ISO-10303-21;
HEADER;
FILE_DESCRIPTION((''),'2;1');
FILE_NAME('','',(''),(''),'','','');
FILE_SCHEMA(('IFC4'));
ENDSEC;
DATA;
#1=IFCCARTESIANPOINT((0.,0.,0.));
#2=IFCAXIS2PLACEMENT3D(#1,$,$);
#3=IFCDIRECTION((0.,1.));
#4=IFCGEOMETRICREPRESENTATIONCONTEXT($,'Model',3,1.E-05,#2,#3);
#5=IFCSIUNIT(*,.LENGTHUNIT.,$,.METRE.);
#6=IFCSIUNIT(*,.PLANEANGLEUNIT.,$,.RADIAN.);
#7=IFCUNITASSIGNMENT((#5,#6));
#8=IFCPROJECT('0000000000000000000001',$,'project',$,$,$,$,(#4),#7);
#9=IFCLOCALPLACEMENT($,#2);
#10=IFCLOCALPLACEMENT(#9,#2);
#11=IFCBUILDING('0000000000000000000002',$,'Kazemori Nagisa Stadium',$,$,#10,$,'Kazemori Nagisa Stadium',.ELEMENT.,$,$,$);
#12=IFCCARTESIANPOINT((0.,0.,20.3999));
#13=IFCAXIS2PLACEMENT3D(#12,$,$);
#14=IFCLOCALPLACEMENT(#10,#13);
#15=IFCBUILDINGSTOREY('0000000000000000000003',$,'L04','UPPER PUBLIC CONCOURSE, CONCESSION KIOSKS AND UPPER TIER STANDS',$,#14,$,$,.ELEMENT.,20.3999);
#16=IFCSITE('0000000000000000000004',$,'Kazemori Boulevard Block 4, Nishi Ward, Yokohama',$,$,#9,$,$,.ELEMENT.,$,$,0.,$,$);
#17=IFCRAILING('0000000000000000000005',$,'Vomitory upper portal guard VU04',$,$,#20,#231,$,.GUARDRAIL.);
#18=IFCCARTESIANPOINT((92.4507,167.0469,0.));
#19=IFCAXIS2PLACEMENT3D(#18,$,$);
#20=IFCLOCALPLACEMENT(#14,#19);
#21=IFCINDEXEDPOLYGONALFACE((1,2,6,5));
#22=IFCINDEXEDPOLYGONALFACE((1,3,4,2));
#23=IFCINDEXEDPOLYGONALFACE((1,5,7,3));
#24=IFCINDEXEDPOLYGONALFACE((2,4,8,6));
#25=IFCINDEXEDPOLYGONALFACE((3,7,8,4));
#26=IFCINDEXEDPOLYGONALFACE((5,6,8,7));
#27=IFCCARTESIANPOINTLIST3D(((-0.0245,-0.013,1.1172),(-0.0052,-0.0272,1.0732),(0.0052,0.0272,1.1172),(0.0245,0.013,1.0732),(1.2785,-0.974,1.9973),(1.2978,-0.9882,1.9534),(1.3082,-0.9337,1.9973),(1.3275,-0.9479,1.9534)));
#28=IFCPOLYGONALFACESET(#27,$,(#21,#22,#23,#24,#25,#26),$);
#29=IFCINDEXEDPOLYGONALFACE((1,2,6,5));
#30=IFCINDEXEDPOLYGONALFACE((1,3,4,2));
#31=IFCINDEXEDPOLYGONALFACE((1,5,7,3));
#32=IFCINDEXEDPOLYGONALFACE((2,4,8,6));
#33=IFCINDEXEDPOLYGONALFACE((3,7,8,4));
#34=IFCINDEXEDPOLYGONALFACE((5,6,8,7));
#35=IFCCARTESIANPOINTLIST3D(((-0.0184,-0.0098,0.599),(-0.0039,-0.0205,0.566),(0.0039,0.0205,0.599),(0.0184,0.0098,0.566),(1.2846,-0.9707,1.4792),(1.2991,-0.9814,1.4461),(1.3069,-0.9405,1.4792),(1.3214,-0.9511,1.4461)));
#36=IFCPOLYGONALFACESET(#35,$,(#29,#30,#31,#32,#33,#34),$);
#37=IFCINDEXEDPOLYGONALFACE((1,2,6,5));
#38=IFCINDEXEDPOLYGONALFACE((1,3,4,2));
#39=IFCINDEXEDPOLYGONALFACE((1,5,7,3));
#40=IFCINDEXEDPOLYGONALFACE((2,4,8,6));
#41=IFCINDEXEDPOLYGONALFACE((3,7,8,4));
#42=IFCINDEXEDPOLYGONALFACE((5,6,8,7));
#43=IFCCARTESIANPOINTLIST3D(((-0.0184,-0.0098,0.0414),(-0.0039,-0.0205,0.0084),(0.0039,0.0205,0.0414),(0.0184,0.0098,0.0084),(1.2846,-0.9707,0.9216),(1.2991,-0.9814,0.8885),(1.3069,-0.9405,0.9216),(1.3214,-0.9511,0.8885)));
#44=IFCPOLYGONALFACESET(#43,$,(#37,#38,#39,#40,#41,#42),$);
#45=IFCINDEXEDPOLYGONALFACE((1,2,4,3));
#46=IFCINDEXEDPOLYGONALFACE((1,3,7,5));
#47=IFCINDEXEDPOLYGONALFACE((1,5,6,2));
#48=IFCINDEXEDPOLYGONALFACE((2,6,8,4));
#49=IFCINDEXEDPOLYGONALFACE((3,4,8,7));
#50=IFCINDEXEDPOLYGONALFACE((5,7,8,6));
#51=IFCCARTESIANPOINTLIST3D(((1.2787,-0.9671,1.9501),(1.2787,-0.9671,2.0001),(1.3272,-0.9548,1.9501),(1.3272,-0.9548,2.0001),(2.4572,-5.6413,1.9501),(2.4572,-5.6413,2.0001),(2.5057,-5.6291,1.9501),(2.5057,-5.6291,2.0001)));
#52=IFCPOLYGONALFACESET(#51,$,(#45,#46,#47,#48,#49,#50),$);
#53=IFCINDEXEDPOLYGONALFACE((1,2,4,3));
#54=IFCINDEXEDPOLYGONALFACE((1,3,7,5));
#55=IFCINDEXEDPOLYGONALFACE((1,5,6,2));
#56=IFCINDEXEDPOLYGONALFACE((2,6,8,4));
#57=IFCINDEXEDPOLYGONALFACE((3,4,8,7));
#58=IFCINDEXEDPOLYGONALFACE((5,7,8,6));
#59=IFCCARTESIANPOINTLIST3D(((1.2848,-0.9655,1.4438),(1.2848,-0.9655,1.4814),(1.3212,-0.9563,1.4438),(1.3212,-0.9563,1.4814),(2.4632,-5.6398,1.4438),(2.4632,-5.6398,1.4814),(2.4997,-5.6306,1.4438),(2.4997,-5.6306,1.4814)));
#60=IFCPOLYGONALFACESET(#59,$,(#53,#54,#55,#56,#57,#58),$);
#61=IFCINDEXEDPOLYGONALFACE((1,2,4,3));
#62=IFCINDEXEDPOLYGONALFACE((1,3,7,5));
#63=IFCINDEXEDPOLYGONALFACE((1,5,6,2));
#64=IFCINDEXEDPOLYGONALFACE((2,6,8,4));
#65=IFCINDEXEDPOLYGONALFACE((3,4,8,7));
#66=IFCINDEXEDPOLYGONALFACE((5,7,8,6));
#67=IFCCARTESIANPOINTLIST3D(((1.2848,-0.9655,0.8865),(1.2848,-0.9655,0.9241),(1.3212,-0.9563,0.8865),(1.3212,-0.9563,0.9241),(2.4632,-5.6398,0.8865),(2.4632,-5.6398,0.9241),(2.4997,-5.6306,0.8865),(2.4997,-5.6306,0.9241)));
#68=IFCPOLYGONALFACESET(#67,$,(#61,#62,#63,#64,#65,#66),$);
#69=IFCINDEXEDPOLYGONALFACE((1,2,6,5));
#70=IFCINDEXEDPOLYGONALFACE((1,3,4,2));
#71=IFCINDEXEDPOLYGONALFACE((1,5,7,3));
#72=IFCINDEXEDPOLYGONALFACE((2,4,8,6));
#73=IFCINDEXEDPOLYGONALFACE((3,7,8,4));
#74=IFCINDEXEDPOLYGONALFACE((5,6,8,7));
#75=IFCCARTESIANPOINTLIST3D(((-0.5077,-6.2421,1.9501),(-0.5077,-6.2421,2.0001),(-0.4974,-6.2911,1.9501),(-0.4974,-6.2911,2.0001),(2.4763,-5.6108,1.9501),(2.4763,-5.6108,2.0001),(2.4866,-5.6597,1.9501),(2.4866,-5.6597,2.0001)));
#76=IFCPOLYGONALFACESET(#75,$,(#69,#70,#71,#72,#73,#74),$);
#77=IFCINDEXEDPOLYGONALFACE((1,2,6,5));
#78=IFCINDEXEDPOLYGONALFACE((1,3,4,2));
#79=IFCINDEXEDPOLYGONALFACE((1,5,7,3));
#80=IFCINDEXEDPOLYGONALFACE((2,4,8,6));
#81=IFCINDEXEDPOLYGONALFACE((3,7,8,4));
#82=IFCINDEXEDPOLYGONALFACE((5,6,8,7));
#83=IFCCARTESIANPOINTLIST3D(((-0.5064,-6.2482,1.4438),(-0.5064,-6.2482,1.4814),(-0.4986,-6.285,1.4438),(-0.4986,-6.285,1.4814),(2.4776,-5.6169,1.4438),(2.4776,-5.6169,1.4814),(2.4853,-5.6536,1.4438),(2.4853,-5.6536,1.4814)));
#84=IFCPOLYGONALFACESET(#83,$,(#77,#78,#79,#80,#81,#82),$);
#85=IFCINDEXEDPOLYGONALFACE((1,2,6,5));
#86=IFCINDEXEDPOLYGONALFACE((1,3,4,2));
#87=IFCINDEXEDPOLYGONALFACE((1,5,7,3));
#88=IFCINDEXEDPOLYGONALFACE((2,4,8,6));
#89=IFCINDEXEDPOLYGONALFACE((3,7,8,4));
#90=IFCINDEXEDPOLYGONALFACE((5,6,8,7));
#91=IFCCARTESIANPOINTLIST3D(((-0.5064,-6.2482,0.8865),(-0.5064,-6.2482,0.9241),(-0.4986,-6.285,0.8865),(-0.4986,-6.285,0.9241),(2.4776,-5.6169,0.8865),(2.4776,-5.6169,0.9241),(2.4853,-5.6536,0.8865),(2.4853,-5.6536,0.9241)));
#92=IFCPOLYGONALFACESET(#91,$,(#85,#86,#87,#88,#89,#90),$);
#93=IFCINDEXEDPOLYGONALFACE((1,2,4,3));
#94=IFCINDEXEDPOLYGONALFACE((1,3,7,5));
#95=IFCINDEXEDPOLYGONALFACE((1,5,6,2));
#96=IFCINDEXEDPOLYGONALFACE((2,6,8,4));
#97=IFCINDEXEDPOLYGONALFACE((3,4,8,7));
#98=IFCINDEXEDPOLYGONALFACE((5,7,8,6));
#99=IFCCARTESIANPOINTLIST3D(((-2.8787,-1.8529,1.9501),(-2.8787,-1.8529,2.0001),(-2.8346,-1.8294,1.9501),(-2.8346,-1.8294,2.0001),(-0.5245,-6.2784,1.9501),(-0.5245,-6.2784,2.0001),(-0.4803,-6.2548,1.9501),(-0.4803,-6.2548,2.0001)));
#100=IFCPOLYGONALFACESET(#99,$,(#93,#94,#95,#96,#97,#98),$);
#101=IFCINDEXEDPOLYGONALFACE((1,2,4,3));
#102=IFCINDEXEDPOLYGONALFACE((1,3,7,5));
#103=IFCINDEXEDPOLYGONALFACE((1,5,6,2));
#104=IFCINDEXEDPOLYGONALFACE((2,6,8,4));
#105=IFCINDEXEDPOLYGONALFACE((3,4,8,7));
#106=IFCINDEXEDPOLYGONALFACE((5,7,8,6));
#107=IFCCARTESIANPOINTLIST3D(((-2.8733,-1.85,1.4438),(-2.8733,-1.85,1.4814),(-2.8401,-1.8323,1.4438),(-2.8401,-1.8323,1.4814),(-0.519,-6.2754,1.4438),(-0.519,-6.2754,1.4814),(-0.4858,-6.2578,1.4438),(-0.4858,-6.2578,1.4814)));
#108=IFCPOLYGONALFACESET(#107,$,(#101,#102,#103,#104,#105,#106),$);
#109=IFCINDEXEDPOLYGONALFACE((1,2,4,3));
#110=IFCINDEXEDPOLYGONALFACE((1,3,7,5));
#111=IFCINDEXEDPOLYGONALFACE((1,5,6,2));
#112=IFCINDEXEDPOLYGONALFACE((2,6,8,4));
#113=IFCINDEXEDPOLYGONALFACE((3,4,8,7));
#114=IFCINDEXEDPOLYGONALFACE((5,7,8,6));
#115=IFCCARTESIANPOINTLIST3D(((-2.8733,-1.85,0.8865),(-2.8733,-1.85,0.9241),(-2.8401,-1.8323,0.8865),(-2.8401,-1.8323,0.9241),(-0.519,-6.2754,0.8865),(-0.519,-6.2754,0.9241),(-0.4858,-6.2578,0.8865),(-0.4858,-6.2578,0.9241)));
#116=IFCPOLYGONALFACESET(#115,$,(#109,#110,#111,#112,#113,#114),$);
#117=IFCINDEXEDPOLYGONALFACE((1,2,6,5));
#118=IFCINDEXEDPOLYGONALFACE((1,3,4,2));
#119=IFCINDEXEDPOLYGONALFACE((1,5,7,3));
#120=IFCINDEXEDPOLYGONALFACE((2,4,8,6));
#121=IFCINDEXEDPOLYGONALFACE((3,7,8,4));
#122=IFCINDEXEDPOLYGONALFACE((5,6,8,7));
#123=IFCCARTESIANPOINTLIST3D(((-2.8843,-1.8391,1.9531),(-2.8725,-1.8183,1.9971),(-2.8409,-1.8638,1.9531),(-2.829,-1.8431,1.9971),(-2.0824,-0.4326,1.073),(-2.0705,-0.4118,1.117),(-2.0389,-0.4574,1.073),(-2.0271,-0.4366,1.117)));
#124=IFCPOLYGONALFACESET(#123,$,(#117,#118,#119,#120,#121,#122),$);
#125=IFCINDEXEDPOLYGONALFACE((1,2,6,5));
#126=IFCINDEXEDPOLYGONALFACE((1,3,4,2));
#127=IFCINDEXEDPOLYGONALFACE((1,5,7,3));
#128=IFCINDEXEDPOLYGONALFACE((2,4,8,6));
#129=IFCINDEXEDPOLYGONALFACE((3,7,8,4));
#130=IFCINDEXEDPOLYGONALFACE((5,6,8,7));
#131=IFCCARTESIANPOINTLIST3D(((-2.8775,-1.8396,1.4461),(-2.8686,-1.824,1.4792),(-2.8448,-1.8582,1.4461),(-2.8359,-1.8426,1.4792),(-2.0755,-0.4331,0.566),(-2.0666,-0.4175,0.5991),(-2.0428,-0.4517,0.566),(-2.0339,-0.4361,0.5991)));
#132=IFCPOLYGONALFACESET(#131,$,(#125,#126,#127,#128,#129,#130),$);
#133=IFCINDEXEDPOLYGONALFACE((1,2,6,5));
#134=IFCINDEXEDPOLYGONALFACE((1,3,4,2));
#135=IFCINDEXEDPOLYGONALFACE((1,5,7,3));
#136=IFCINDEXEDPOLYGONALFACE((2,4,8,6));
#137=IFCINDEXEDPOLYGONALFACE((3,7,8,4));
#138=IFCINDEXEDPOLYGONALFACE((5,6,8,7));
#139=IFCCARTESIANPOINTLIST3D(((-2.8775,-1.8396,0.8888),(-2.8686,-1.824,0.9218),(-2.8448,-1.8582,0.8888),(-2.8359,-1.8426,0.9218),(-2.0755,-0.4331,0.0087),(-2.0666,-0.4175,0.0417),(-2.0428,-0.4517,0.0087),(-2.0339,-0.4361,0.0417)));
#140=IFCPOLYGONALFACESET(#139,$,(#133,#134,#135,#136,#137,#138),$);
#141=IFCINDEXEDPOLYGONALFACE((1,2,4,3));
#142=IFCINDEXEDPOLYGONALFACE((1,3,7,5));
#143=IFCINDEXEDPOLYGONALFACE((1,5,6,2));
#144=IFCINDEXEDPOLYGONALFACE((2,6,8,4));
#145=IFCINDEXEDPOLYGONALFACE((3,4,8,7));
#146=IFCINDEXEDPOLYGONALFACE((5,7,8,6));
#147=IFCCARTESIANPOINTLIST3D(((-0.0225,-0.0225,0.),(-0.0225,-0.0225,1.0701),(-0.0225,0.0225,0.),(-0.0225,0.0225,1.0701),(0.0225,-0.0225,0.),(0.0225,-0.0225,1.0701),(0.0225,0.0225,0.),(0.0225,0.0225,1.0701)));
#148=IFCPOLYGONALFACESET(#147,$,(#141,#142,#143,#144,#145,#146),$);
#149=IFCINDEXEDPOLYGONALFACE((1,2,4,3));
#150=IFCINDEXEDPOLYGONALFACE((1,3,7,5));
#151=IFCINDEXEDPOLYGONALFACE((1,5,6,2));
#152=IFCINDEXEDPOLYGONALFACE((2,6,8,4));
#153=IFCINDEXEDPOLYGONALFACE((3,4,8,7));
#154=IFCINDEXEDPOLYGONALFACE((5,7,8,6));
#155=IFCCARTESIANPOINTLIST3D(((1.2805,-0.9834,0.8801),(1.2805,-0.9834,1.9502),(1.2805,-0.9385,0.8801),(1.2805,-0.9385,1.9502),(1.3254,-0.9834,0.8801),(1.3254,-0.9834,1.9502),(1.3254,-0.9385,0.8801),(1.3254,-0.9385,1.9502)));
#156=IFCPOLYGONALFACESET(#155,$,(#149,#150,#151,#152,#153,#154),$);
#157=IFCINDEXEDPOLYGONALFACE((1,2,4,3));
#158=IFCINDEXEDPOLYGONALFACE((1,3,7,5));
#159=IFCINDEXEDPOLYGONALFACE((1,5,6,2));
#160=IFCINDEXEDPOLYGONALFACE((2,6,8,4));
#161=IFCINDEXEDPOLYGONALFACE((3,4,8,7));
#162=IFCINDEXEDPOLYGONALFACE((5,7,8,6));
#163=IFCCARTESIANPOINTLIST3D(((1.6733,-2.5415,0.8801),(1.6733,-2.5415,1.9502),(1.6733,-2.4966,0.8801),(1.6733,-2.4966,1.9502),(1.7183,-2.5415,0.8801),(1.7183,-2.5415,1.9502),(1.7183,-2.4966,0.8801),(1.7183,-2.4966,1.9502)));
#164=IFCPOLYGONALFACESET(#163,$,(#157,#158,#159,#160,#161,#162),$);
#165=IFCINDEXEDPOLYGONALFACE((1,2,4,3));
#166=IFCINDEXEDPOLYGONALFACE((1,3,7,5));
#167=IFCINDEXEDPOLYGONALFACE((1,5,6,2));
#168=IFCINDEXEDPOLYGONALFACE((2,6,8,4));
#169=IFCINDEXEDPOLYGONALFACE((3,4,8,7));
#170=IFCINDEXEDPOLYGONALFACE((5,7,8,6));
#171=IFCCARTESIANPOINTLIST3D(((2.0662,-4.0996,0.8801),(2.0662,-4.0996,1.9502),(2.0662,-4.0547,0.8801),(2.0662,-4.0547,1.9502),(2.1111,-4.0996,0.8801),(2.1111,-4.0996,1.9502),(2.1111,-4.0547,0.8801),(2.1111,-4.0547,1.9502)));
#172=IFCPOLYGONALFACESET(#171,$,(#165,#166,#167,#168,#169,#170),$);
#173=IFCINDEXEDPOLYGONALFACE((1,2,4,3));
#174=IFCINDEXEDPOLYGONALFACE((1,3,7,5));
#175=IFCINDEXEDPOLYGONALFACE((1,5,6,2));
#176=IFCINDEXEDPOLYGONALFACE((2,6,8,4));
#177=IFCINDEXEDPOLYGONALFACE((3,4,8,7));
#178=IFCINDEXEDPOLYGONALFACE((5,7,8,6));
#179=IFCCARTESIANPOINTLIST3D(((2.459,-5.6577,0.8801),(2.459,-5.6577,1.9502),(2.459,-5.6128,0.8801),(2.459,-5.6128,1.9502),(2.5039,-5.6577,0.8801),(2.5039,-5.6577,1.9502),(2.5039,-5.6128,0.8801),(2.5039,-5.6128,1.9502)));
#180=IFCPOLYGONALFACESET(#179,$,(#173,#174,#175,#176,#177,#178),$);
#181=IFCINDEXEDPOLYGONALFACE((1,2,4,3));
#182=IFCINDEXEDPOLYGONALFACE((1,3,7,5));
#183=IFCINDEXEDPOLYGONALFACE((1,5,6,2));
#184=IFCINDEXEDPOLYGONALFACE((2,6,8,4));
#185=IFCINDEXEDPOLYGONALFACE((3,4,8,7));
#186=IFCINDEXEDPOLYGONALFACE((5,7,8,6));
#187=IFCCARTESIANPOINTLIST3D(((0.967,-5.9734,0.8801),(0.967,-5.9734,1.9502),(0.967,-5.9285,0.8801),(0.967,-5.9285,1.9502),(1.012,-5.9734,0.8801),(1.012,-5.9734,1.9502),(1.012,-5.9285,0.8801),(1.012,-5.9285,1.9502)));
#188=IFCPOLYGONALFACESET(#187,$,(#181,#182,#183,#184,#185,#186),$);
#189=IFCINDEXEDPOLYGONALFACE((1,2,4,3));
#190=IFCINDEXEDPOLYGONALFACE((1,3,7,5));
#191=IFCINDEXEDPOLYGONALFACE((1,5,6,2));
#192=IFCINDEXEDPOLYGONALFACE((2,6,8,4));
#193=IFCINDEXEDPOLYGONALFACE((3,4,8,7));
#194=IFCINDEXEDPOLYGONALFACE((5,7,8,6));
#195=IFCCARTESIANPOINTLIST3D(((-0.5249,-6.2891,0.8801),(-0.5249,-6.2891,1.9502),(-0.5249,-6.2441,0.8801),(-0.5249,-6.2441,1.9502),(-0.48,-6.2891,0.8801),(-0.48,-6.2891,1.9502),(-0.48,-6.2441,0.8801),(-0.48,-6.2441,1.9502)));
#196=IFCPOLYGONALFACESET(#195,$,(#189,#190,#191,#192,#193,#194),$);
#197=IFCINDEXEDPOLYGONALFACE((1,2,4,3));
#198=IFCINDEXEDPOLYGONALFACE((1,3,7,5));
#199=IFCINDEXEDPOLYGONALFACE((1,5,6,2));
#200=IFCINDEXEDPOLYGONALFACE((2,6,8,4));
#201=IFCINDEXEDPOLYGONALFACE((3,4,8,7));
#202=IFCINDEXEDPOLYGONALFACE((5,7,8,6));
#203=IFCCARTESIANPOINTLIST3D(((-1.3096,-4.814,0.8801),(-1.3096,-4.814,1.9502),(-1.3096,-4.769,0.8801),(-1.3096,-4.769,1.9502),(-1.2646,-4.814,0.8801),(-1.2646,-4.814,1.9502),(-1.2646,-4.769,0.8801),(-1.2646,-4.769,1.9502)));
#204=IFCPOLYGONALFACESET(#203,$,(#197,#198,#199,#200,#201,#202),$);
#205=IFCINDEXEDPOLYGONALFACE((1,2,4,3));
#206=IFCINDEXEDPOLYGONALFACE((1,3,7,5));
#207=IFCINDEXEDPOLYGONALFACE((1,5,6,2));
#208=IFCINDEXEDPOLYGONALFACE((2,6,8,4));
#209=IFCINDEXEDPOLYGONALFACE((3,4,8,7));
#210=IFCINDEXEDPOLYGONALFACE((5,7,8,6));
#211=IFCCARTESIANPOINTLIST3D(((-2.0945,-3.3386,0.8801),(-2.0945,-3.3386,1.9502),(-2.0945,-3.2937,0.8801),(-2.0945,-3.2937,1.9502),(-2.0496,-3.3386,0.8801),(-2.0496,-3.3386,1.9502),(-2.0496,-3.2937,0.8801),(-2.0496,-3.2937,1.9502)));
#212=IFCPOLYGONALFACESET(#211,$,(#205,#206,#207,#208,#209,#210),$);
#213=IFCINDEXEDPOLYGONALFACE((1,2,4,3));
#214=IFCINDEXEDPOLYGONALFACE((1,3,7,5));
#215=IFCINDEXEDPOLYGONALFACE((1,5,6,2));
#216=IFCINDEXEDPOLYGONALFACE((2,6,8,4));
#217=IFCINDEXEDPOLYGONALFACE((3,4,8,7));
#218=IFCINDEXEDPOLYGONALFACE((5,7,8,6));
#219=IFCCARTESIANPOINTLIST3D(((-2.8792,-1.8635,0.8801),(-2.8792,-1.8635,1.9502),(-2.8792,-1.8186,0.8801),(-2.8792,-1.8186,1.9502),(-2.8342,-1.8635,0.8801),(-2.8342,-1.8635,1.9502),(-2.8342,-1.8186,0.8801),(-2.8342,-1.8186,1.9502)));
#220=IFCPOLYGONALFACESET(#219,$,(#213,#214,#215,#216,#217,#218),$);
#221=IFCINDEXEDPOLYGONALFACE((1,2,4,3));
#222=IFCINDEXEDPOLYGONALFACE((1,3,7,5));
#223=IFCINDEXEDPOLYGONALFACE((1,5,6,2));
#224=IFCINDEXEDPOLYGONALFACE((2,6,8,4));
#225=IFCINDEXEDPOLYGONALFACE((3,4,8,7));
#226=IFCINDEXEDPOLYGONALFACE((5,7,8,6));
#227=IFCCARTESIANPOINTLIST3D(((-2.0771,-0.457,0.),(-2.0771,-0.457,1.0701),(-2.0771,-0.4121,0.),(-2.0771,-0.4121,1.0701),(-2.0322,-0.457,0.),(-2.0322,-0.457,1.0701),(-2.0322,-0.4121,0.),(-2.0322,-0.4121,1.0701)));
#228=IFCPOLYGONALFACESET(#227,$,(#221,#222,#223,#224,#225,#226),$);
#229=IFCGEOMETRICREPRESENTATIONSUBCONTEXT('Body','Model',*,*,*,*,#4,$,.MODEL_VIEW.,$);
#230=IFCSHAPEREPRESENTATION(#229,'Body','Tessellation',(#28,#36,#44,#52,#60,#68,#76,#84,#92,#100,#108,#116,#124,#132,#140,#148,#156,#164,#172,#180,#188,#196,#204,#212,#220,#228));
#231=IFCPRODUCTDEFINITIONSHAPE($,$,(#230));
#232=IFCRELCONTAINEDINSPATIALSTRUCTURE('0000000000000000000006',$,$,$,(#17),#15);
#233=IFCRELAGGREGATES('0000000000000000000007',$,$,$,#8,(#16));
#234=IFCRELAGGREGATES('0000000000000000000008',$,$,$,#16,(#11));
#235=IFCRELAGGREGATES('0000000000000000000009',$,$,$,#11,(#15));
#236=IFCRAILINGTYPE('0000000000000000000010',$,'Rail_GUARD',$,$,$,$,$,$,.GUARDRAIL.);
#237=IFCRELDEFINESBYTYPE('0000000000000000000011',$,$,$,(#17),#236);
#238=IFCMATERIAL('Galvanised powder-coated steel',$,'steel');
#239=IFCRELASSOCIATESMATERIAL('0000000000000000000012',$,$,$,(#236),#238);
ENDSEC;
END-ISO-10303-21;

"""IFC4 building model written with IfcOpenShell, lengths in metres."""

from ifc_helpers import new_model, si_unit, direction, frame, origin, origin_2d, place, context, subcontext, project, spatial, rectangle, extrude, material, type_object, element, save


model = new_model("IFC4")

# Units and contexts
model_context = context("Model", 3, precision=1e-05, world=origin(), true_north=direction((0.0, 1.0)))
body_context = subcontext(model_context, "Body", "Model", "MODEL_VIEW")
ifc_project = project(units=[si_unit("LENGTHUNIT", "METRE"), si_unit("PLANEANGLEUNIT", "RADIAN")], contexts=[model_context])

# Site, building, storey
site_placement = place(None, origin())
site = spatial("IfcSite", under=ifc_project, at=site_placement, Name="Kazemori Boulevard Block 4, Nishi Ward, Yokohama", CompositionType="ELEMENT", RefElevation=0.0)
building_placement = place(site_placement, origin())
building = spatial("IfcBuilding", under=site, at=building_placement, Name="Kazemori Nagisa Stadium", LongName="Kazemori Nagisa Stadium", CompositionType="ELEMENT")
storey_placement = place(building_placement, frame((0.0, 0.0, 20.3999)))
storey = spatial("IfcBuildingStorey", under=building, at=storey_placement, Name="L04", Description="UPPER PUBLIC CONCOURSE, CONCESSION KIOSKS AND UPPER TIER STANDS", CompositionType="ELEMENT", Elevation=20.3999)

# Railing
ifc_material_1 = material(Name="Galvanised powder-coated steel", Category="steel")
railing_type = type_object("IfcRailingType", Name="Rail_GUARD", PredefinedType="GUARDRAIL", material=ifc_material_1)
railing_1_placement = place(storey_placement, frame((92.4507, 167.0469, 0.0)))
element("IfcRailing", 1, at=railing_1_placement, inside=storey, type_object=railing_type, Name="Vomitory upper portal guard VU04", PredefinedType="GUARDRAIL", context=body_context, shape_type="SweptSolid", body=[
    extrude(rectangle(XDim=0.05, YDim=0.05, at=origin_2d()), frame((0.0, 0.0, 1.0952), z_axis=(0.707079, -0.521465, 0.477613), x_axis=(0.593538, 0.804806, 0.0)), (0.0, 0.0, 1.0), 1.8428),
    extrude(rectangle(XDim=0.0376, YDim=0.0376, at=origin_2d()), frame((0.0, 0.0, 0.5825), z_axis=(0.707079, -0.521465, 0.477613), x_axis=(0.593538, 0.804806, 0.0)), (0.0, 0.0, 1.0), 1.8428),
    extrude(rectangle(XDim=0.0376, YDim=0.0376, at=origin_2d()), frame((0.0, 0.0, 0.0249), z_axis=(0.707079, -0.521465, 0.477613), x_axis=(0.593538, 0.804806, 0.0)), (0.0, 0.0, 1.0), 1.8428),
    extrude(rectangle(XDim=0.05, YDim=0.05, at=origin_2d()), frame((1.303, -0.9609, 1.9751), z_axis=(0.244466, -0.969658, 0.0), x_axis=(0.969658, 0.244466, 0.0)), (0.0, 0.0, 1.0), 4.8206),
    extrude(rectangle(XDim=0.0376, YDim=0.0376, at=origin_2d()), frame((1.303, -0.9609, 1.4626), z_axis=(0.244466, -0.969658, 0.0), x_axis=(0.969658, 0.244466, 0.0)), (0.0, 0.0, 1.0), 4.8206),
    extrude(rectangle(XDim=0.0376, YDim=0.0376, at=origin_2d()), frame((1.303, -0.9609, 0.9053), z_axis=(0.244466, -0.969658, 0.0), x_axis=(0.969658, 0.244466, 0.0)), (0.0, 0.0, 1.0), 4.8206),
    extrude(rectangle(XDim=0.05, YDim=0.05, at=origin_2d()), frame((2.4814, -5.6353, 1.9751), z_axis=(-0.97834, -0.207003, 0.0), x_axis=(0.207003, -0.97834, 0.0)), (0.0, 0.0, 1.0), 3.05),
    extrude(rectangle(XDim=0.0376, YDim=0.0376, at=origin_2d()), frame((2.4814, -5.6353, 1.4626), z_axis=(-0.97834, -0.207003, 0.0), x_axis=(0.207003, -0.97834, 0.0)), (0.0, 0.0, 1.0), 3.05),
    extrude(rectangle(XDim=0.0376, YDim=0.0376, at=origin_2d()), frame((2.4814, -5.6353, 0.9053), z_axis=(-0.97834, -0.207003, 0.0), x_axis=(0.207003, -0.97834, 0.0)), (0.0, 0.0, 1.0), 3.05),
    extrude(rectangle(XDim=0.05, YDim=0.05, at=origin_2d()), frame((-0.5024, -6.2666, 1.9751), z_axis=(-0.46965, 0.882853, 0.0), x_axis=(-0.882853, -0.46965, 0.0)), (0.0, 0.0, 1.0), 5.0127),
    extrude(rectangle(XDim=0.0376, YDim=0.0376, at=origin_2d()), frame((-0.5024, -6.2666, 1.4626), z_axis=(-0.46965, 0.882853, 0.0), x_axis=(-0.882853, -0.46965, 0.0)), (0.0, 0.0, 1.0), 5.0127),
    extrude(rectangle(XDim=0.0376, YDim=0.0376, at=origin_2d()), frame((-0.5024, -6.2666, 0.9053), z_axis=(-0.46965, 0.882853, 0.0), x_axis=(-0.882853, -0.46965, 0.0)), (0.0, 0.0, 1.0), 5.0127),
    extrude(rectangle(XDim=0.05, YDim=0.05, at=origin_2d()), frame((-2.8567, -1.8411, 1.9751), z_axis=(0.435199, 0.763221, -0.477593), x_axis=(-0.868697, 0.495343, 0.0)), (0.0, 0.0, 1.0), 1.8428),
    extrude(rectangle(XDim=0.0376, YDim=0.0376, at=origin_2d()), frame((-2.8567, -1.8411, 1.4626), z_axis=(0.435199, 0.763221, -0.477593), x_axis=(-0.868697, 0.495343, 0.0)), (0.0, 0.0, 1.0), 1.8428),
    extrude(rectangle(XDim=0.0376, YDim=0.0376, at=origin_2d()), frame((-2.8567, -1.8411, 0.9053), z_axis=(0.435199, 0.763221, -0.477593), x_axis=(-0.868697, 0.495343, 0.0)), (0.0, 0.0, 1.0), 1.8428),
    extrude(rectangle(XDim=0.0449, YDim=0.0449, at=origin_2d()), origin(), (0.0, 0.0, 1.0), 1.0701),
    extrude(rectangle(XDim=0.0449, YDim=0.0449, at=origin_2d()), frame((1.303, -0.9609, 0.8801)), (0.0, 0.0, 1.0), 1.0701),
    extrude(rectangle(XDim=0.0449, YDim=0.0449, at=origin_2d()), frame((1.6958, -2.519, 0.8801)), (0.0, 0.0, 1.0), 1.0701),
    extrude(rectangle(XDim=0.0449, YDim=0.0449, at=origin_2d()), frame((2.0886, -4.0771, 0.8801)), (0.0, 0.0, 1.0), 1.0701),
    extrude(rectangle(XDim=0.0449, YDim=0.0449, at=origin_2d()), frame((2.4814, -5.6353, 0.8801)), (0.0, 0.0, 1.0), 1.0701),
    extrude(rectangle(XDim=0.0449, YDim=0.0449, at=origin_2d()), frame((0.9895, -5.9509, 0.8801)), (0.0, 0.0, 1.0), 1.0701),
    extrude(rectangle(XDim=0.0449, YDim=0.0449, at=origin_2d()), frame((-0.5024, -6.2666, 0.8801)), (0.0, 0.0, 1.0), 1.0701),
    extrude(rectangle(XDim=0.0449, YDim=0.0449, at=origin_2d()), frame((-1.2871, -4.7915, 0.8801)), (0.0, 0.0, 1.0), 1.0701),
    extrude(rectangle(XDim=0.0449, YDim=0.0449, at=origin_2d()), frame((-2.072, -3.3162, 0.8801)), (0.0, 0.0, 1.0), 1.0701),
    extrude(rectangle(XDim=0.0449, YDim=0.0449, at=origin_2d()), frame((-2.8567, -1.8411, 0.8801)), (0.0, 0.0, 1.0), 1.0701),
    extrude(rectangle(XDim=0.0449, YDim=0.0449, at=origin_2d()), frame((-2.0547, -0.4346, 0.0)), (0.0, 0.0, 1.0), 1.0701),
])

save(model, "model.ifc")
